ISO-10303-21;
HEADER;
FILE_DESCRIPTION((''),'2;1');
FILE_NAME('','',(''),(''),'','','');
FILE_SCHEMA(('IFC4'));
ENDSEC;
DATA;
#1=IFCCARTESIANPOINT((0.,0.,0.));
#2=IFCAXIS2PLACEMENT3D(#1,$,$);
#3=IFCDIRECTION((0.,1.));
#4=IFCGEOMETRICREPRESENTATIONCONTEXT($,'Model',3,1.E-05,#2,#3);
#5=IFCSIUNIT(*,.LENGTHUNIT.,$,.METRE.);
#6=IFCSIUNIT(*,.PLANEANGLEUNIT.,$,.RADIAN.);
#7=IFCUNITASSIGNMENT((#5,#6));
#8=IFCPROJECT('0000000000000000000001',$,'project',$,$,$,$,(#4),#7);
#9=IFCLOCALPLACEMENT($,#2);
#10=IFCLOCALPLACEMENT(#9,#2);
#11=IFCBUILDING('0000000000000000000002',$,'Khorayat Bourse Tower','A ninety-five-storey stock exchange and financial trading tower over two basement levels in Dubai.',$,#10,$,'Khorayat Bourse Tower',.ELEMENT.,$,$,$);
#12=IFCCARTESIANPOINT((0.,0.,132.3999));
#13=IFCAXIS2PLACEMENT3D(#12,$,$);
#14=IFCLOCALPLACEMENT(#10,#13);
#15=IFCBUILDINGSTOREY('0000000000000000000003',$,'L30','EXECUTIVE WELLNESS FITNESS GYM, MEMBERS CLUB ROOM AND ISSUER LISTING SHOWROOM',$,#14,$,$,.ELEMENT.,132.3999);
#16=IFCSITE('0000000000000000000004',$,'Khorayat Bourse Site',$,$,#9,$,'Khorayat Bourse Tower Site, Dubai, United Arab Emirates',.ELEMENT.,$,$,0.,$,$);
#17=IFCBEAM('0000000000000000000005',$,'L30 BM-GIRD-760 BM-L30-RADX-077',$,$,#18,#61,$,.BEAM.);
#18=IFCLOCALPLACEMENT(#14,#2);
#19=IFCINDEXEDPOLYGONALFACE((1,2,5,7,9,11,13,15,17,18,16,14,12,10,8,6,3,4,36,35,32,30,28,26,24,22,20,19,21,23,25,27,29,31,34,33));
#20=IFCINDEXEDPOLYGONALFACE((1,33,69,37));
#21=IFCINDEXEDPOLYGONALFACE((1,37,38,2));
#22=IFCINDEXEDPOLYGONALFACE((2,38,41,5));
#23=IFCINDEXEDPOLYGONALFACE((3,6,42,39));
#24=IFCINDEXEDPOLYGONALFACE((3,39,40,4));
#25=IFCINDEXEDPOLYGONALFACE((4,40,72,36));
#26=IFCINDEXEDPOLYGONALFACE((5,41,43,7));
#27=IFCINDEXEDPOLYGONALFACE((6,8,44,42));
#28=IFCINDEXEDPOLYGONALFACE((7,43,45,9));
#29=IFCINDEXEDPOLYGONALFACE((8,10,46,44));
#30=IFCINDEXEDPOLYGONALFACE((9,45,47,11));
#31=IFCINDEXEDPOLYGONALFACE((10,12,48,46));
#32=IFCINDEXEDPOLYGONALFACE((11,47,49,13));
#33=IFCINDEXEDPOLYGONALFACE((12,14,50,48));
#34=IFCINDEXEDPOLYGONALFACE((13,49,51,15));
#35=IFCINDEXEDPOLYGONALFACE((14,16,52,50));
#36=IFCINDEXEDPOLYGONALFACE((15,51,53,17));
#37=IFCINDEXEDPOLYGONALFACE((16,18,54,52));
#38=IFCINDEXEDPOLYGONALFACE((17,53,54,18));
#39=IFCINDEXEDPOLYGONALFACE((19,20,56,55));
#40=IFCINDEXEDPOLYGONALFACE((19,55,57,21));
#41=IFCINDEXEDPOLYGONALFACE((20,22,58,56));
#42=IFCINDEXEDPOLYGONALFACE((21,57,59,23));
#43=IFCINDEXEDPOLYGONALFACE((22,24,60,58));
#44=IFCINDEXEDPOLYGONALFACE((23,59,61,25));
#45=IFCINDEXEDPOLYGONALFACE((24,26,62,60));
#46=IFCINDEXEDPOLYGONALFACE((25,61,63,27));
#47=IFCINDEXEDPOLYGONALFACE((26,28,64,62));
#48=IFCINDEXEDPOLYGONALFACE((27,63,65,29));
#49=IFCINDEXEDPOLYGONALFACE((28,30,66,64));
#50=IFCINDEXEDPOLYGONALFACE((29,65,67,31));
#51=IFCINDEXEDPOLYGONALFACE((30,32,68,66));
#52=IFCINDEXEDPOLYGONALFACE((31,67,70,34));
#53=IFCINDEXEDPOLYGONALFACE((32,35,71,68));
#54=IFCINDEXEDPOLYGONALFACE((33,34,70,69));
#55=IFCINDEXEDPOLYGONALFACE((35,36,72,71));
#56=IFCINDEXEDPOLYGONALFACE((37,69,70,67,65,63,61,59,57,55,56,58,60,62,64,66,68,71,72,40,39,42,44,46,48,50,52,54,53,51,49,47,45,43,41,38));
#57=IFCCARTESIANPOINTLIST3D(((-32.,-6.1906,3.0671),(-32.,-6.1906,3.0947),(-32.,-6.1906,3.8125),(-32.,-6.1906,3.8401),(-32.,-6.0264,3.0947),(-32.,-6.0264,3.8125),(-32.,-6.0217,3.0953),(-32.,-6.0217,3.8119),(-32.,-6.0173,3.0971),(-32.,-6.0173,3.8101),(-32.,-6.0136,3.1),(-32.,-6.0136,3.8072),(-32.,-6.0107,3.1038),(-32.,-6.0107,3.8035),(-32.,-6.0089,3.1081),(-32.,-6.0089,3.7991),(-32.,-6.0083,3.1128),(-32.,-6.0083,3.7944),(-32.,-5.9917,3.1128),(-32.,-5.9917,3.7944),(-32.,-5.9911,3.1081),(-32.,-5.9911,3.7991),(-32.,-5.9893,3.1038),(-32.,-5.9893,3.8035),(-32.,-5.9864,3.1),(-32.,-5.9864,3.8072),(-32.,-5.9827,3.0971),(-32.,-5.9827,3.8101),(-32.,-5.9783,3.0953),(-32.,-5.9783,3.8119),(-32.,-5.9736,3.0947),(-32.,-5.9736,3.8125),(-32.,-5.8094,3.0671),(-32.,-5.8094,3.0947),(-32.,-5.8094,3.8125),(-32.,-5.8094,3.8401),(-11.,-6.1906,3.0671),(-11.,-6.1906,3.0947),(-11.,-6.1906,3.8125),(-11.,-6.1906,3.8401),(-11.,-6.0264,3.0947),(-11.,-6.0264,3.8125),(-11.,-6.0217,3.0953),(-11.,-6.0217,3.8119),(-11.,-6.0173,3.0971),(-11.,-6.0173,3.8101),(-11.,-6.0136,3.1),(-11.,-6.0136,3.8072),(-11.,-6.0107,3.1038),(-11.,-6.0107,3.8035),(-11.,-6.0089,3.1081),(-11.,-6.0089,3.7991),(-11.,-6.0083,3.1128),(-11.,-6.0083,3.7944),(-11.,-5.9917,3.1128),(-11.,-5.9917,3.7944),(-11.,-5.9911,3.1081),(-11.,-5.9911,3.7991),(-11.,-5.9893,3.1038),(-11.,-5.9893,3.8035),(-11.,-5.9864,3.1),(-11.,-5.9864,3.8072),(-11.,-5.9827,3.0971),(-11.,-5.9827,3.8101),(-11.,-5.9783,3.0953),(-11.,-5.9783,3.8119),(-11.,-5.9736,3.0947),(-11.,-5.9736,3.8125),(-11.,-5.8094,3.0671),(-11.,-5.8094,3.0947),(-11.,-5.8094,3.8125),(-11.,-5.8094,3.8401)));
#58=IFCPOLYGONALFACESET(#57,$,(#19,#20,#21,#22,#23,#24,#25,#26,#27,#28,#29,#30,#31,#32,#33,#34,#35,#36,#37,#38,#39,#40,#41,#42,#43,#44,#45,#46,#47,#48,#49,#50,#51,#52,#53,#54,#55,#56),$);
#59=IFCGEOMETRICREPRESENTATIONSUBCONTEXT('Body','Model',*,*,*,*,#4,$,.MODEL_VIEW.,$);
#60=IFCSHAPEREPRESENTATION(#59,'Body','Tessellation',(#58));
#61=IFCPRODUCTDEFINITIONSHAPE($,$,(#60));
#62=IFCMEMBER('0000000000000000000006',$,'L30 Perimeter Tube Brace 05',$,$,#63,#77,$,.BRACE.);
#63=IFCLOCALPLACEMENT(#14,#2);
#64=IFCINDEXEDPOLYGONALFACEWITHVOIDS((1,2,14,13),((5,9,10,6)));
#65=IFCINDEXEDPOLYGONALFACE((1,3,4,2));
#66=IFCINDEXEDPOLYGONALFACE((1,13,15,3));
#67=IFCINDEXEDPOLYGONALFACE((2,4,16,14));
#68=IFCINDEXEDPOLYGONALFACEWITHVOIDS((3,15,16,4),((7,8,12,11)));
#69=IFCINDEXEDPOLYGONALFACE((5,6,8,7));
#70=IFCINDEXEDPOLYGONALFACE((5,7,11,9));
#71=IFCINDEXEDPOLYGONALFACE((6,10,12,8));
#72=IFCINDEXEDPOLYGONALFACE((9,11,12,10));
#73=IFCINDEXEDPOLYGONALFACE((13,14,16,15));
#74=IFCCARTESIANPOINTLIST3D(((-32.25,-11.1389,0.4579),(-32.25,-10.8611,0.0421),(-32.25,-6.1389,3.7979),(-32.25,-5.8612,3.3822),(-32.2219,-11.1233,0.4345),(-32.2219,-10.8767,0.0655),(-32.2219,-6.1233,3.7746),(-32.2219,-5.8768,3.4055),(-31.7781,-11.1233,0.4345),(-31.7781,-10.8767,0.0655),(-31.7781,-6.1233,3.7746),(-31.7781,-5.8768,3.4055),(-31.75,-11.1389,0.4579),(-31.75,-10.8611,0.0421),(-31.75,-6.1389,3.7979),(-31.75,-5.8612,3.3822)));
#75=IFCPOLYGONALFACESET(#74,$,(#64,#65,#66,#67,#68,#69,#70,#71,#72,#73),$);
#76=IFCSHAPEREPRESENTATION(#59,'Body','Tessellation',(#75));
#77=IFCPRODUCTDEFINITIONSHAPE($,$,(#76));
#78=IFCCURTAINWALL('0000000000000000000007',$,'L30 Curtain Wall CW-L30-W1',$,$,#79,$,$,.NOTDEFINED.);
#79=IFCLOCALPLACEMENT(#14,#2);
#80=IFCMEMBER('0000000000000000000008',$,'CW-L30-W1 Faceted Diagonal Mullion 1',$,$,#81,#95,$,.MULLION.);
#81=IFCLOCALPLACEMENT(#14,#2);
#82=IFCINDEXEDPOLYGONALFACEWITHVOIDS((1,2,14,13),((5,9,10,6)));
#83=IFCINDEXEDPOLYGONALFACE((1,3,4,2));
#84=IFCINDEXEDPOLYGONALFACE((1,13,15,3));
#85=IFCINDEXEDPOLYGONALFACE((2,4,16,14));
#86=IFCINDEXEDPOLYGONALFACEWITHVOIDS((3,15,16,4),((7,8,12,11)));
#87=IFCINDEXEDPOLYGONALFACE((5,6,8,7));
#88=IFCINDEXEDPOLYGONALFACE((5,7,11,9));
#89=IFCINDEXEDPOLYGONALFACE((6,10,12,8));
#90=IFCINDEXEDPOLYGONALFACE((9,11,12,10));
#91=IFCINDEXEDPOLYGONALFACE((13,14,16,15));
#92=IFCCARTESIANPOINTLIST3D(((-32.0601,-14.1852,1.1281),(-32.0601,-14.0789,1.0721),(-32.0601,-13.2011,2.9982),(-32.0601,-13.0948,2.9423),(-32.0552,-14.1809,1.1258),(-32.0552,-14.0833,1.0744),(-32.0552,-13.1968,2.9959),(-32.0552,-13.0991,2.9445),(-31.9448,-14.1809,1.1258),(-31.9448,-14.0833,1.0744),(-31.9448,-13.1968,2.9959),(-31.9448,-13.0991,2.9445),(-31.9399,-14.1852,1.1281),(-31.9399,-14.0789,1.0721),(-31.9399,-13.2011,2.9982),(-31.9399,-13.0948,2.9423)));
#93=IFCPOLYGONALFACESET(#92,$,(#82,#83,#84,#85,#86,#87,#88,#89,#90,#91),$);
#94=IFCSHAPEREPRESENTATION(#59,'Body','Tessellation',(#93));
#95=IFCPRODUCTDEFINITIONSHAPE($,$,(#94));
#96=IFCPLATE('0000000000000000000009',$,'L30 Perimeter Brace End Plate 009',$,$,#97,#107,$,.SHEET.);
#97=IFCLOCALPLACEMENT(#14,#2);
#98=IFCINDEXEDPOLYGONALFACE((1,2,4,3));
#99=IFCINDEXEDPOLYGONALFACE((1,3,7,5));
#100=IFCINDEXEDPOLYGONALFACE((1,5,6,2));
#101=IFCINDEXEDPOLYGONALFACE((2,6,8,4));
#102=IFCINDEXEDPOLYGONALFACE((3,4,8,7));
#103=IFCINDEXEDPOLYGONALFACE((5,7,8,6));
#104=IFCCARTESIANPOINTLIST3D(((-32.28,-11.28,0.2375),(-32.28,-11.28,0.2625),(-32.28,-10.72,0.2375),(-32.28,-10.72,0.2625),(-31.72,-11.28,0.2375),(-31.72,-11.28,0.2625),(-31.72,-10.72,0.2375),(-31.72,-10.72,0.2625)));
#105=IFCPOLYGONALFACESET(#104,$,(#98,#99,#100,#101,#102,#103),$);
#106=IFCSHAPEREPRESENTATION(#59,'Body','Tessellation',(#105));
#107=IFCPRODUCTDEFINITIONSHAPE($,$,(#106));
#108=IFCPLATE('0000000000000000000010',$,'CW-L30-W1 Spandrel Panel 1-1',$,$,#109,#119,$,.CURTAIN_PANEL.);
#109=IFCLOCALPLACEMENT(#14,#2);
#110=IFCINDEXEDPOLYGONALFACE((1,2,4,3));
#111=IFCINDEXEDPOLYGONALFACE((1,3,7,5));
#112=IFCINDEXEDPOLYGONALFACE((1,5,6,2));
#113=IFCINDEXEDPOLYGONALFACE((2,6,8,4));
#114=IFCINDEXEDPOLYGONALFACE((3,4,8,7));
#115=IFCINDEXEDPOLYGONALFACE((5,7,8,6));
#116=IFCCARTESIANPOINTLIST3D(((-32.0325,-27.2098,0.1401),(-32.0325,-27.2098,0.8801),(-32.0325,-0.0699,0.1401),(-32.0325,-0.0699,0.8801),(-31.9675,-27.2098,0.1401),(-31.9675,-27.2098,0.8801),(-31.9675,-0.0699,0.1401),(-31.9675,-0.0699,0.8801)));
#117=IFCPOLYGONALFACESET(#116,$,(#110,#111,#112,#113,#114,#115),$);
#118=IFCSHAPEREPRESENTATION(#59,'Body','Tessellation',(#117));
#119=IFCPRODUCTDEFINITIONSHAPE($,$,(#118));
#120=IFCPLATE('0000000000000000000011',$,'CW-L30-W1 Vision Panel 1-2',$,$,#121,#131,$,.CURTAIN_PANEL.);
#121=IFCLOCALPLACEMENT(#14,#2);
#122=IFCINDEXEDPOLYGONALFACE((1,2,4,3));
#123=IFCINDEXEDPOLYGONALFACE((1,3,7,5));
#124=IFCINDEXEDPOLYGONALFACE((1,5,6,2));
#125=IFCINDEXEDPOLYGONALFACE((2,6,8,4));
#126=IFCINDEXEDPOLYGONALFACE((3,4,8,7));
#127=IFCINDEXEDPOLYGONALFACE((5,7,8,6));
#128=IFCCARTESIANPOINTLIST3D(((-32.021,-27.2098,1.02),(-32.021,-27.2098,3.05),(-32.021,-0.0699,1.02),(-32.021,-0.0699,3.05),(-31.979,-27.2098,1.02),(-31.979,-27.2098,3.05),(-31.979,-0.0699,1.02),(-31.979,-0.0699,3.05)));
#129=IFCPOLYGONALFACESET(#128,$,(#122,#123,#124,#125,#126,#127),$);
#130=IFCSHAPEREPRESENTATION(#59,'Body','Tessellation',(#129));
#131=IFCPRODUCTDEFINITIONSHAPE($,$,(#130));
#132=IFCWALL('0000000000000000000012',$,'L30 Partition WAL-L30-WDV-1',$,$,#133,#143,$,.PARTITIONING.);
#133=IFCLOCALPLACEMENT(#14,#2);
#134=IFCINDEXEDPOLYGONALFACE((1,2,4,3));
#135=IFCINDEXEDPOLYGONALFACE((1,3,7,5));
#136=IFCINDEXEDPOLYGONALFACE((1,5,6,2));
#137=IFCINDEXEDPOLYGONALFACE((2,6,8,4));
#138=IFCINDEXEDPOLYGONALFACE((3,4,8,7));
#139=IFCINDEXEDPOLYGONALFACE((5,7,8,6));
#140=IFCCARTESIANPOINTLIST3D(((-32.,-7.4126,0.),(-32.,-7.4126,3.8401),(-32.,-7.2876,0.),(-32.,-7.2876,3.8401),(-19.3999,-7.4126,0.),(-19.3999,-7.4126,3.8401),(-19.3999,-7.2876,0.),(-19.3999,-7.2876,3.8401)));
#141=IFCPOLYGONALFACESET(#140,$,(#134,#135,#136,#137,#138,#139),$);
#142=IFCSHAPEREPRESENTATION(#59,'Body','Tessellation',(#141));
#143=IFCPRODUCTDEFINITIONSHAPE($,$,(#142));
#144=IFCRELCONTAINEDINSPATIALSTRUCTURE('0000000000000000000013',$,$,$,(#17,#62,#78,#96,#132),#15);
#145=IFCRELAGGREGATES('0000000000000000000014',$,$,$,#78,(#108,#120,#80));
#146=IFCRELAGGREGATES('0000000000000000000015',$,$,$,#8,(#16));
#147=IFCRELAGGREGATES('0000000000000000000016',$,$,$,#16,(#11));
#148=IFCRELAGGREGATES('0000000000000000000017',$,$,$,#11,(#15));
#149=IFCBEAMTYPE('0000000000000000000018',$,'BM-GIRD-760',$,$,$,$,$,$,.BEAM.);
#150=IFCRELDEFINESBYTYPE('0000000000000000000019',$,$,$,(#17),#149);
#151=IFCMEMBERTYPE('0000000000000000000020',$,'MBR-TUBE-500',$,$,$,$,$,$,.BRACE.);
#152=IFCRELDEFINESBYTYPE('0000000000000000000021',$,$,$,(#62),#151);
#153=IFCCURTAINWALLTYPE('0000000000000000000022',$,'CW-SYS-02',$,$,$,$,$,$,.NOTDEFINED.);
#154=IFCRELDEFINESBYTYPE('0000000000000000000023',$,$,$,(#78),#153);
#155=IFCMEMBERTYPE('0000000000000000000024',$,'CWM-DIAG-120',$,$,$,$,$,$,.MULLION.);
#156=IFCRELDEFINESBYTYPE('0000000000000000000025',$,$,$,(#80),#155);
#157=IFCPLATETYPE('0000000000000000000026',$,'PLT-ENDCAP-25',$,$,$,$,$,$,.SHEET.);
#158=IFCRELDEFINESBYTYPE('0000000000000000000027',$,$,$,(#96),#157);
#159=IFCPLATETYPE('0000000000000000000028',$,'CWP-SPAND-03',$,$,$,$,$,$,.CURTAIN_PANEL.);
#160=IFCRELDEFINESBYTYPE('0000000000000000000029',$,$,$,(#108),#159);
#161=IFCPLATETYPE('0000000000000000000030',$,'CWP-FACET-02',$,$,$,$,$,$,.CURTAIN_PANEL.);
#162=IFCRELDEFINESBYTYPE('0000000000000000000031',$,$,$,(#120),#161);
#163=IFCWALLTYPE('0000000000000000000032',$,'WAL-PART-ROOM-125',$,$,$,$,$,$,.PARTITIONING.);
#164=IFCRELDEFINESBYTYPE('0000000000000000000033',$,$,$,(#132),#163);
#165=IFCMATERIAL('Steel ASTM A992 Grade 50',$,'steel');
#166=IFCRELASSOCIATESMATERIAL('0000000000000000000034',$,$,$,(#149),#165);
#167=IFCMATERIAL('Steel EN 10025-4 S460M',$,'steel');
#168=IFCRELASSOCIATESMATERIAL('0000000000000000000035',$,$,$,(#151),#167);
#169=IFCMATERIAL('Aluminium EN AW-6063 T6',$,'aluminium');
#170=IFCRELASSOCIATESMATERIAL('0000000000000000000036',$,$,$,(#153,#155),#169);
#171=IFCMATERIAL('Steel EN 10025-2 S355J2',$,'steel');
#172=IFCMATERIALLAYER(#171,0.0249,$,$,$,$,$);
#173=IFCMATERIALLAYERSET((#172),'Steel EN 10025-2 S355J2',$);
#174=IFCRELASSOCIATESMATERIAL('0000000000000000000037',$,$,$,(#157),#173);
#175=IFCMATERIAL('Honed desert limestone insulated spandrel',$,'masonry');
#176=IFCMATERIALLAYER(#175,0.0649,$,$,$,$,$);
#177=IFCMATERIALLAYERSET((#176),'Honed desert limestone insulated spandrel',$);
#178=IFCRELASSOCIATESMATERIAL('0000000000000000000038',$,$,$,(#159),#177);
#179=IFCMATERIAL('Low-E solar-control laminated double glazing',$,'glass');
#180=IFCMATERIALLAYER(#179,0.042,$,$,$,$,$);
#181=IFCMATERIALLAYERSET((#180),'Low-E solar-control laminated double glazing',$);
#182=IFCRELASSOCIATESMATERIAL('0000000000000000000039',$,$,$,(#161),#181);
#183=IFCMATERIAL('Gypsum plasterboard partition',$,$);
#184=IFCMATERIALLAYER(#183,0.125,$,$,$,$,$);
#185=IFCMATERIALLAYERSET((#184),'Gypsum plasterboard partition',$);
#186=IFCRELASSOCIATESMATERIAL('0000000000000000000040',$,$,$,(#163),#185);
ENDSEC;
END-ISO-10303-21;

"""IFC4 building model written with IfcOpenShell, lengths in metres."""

from ifc_helpers import new_model, si_unit, direction, frame, frame_2d, origin, origin_2d, place, context, subcontext, project, spatial, rectangle, hollow_rectangle, i_section, extrude, source, transform, mapped, material, layer, layer_set, material_profile, profile_set, type_object, element, aggregate, save


model = new_model("IFC4")

# Units and contexts
model_context = context("Model", 3, precision=1e-05, world=origin(), true_north=direction((0.0, 1.0)))
body_context = subcontext(model_context, "Body", "Model", "MODEL_VIEW")
ifc_project = project(units=[si_unit("LENGTHUNIT", "METRE"), si_unit("PLANEANGLEUNIT", "RADIAN")], contexts=[model_context])

# Site, building, storey
site_placement = place(None, origin())
site = spatial("IfcSite", under=ifc_project, at=site_placement, Name="Khorayat Bourse Site", LongName="Khorayat Bourse Tower Site, Dubai, United Arab Emirates", CompositionType="ELEMENT", RefElevation=0.0)
building_placement = place(site_placement, origin())
building = spatial("IfcBuilding", under=site, at=building_placement, Name="Khorayat Bourse Tower", Description="A ninety-five-storey stock exchange and financial trading tower over two basement levels in Dubai.", LongName="Khorayat Bourse Tower", CompositionType="ELEMENT")
storey_placement = place(building_placement, frame((0.0, 0.0, 132.3999)))
storey = spatial("IfcBuildingStorey", under=building, at=storey_placement, Name="L30", Description="EXECUTIVE WELLNESS FITNESS GYM, MEMBERS CLUB ROOM AND ISSUER LISTING SHOWROOM", CompositionType="ELEMENT", Elevation=132.3999)

# Shared definitions
ifc_material_1 = material(Name="Steel EN 10025-4 S460M", Category="steel")

# Beam
ifc_material_2 = material(Name="Steel ASTM A992 Grade 50", Category="steel")
ifc_material_profile_1 = material_profile(ifc_material_2, i_section(OverallWidth=0.3811, OverallDepth=0.7729, WebThickness=0.0166, FlangeThickness=0.0276, FilletRadius=0.0181, at=origin_2d()), Name="W760X257")
ifc_profile_set_1 = profile_set([ifc_material_profile_1], Name="Steel ASTM A992 Grade 50")
beam_type_1 = type_object("IfcBeamType", Name="BM-GIRD-760", PredefinedType="BEAM", material=ifc_profile_set_1)
shared_shape_1 = source(origin(), body_context, "Body", "SweptSolid", [
    extrude(i_section(OverallWidth=0.3811, OverallDepth=0.7729, WebThickness=0.0166, FlangeThickness=0.0276, FilletRadius=0.0181, at=origin_2d()), origin(), (0.0, 0.0, 1.0), 21.0),
])
for number, where, z_axis, x_axis, name in (
    (1, (-32.0, -6.0, 3.4536), (1.0, 0.0, 0.0), (0.0, 1.0, 0.0), "L30 BM-GIRD-760 BM-L30-RADX-077"),
):
    element("IfcBeam", number, at=place(storey_placement, frame(where, z_axis=z_axis, x_axis=x_axis)), inside=storey, type_object=beam_type_1, Name=name, PredefinedType="BEAM", context=body_context, shape_type="MappedRepresentation", body=[
        mapped(shared_shape_1, transform((0.0, 0.0, 0.0), scale=1.0)),
    ])

# Member
ifc_material_profile_2 = material_profile(ifc_material_1, hollow_rectangle(XDim=0.5, YDim=0.5, WallThickness=0.0281, at=origin_2d()), Name="HSS 500x500x28")
ifc_profile_set_2 = profile_set([ifc_material_profile_2], Name="Steel EN 10025-4 S460M")
member_type_1 = type_object("IfcMemberType", Name="MBR-TUBE-500", PredefinedType="BRACE", material=ifc_profile_set_2)
shared_shape_2 = source(origin(), body_context, "Body", "SweptSolid", [
    extrude(hollow_rectangle(XDim=0.5, YDim=0.5, WallThickness=0.0281, at=origin_2d()), origin(), (0.0, 0.0, 1.0), 6.0129),
])
member_1_placement = place(storey_placement, frame((-32.0, -11.0, 0.25), z_axis=(0.0, 0.831531, 0.555478), x_axis=(-1.0, 0.0, 0.0)))
element("IfcMember", 2, at=member_1_placement, inside=storey, type_object=member_type_1, Name="L30 Perimeter Tube Brace 05", PredefinedType="BRACE", context=body_context, shape_type="MappedRepresentation", body=[
    mapped(shared_shape_2, transform((0.0, 0.0, 0.0), scale=1.0)),
])

# Curtain wall, member
ifc_material_3 = material(Name="Aluminium EN AW-6063 T6", Category="aluminium")
curtain_wall_type = type_object("IfcCurtainWallType", Name="CW-SYS-02", PredefinedType="NOTDEFINED", material=ifc_material_3)
curtain_wall_placement = place(storey_placement, origin())
curtain_wall = element("IfcCurtainWall", 3, at=curtain_wall_placement, inside=storey, type_object=curtain_wall_type, Name="L30 Curtain Wall CW-L30-W1", PredefinedType="NOTDEFINED")
ifc_material_profile_3 = material_profile(ifc_material_3, hollow_rectangle(XDim=0.1201, YDim=0.1201, WallThickness=0.0049, at=origin_2d()), Name="ALU 120x120x5")
ifc_profile_set_3 = profile_set([ifc_material_profile_3], Name="Aluminium EN AW-6063 T6")
member_type_2 = type_object("IfcMemberType", Name="CWM-DIAG-120", PredefinedType="MULLION", material=ifc_profile_set_3)
shared_shape_3 = source(origin(), body_context, "Body", "SweptSolid", [
    extrude(hollow_rectangle(XDim=0.1201, YDim=0.1201, WallThickness=0.0049, at=origin_2d()), origin(), (0.0, 0.0, 1.0), 2.1133),
])
member_2_placement = place(storey_placement, frame((-32.0, -14.1321, 1.1001), z_axis=(0.0, 0.465694, 0.884946), x_axis=(-1.0, 0.0, 0.0)))
member_2 = element("IfcMember", 4, at=member_2_placement, type_object=member_type_2, Name="CW-L30-W1 Faceted Diagonal Mullion 1", PredefinedType="MULLION", context=body_context, shape_type="MappedRepresentation", body=[
    mapped(shared_shape_3, transform((0.0, 0.0, 0.0), scale=1.0)),
])

# Plates
ifc_material_4 = material(Name="Steel EN 10025-2 S355J2", Category="steel")
ifc_layer_1 = layer(ifc_material_4, 0.0249)
ifc_layer_set_1 = layer_set([ifc_layer_1], Name="Steel EN 10025-2 S355J2")
plate_type_1 = type_object("IfcPlateType", Name="PLT-ENDCAP-25", PredefinedType="SHEET", material=ifc_layer_set_1)
shared_shape_4 = source(origin(), body_context, "Body", "SweptSolid", [
    extrude(rectangle(XDim=0.5601, YDim=0.5601, at=origin_2d()), origin(), (0.0, 0.0, 1.0), 0.0249),
])
plate_1_placement = place(storey_placement, frame((-32.0, -11.0, 0.2375), z_axis=(0.0, 0.0, 1.0), x_axis=(1.0, 0.0, 0.0)))
element("IfcPlate", 5, at=plate_1_placement, inside=storey, type_object=plate_type_1, Name="L30 Perimeter Brace End Plate 009", PredefinedType="SHEET", context=body_context, shape_type="MappedRepresentation", body=[
    mapped(shared_shape_4, transform((0.0, 0.0, 0.0), scale=1.0)),
])
ifc_material_5 = material(Name="Honed desert limestone insulated spandrel", Category="masonry")
ifc_layer_2 = layer(ifc_material_5, 0.0649)
ifc_layer_set_2 = layer_set([ifc_layer_2], Name="Honed desert limestone insulated spandrel")
plate_type_2 = type_object("IfcPlateType", Name="CWP-SPAND-03", PredefinedType="CURTAIN_PANEL", material=ifc_layer_set_2)
shared_shape_5 = source(origin(), body_context, "Body", "SweptSolid", [
    extrude(rectangle(XDim=27.1399, YDim=0.0649, at=origin_2d()), origin(), (0.0, 0.0, 1.0), 0.74),
])
plate_2_placement = place(storey_placement, frame((-32.0, -13.6399, 0.1401), z_axis=(0.0, 0.0, 1.0), x_axis=(0.0, 1.0, 0.0)))
plate_2 = element("IfcPlate", 6, at=plate_2_placement, type_object=plate_type_2, Name="CW-L30-W1 Spandrel Panel 1-1", PredefinedType="CURTAIN_PANEL", context=body_context, shape_type="MappedRepresentation", body=[
    mapped(shared_shape_5, transform((0.0, 0.0, 0.0), scale=1.0)),
])
ifc_material_6 = material(Name="Low-E solar-control laminated double glazing", Category="glass")
ifc_layer_3 = layer(ifc_material_6, 0.042)
ifc_layer_set_3 = layer_set([ifc_layer_3], Name="Low-E solar-control laminated double glazing")
plate_type_3 = type_object("IfcPlateType", Name="CWP-FACET-02", PredefinedType="CURTAIN_PANEL", material=ifc_layer_set_3)
shared_shape_6 = source(origin(), body_context, "Body", "SweptSolid", [
    extrude(rectangle(XDim=27.1399, YDim=0.042, at=origin_2d()), origin(), (0.0, 0.0, 1.0), 2.03),
])
plate_3_placement = place(storey_placement, frame((-32.0, -13.6399, 1.02), z_axis=(0.0, 0.0, 1.0), x_axis=(0.0, 1.0, 0.0)))
plate_3 = element("IfcPlate", 7, at=plate_3_placement, type_object=plate_type_3, Name="CW-L30-W1 Vision Panel 1-2", PredefinedType="CURTAIN_PANEL", context=body_context, shape_type="MappedRepresentation", body=[
    mapped(shared_shape_6, transform((0.0, 0.0, 0.0), scale=1.0)),
])
aggregate(curtain_wall, [plate_2, plate_3, member_2])

# Wall
ifc_material_7 = material(Name="Gypsum plasterboard partition")
ifc_layer_4 = layer(ifc_material_7, 0.125)
ifc_layer_set_4 = layer_set([ifc_layer_4], Name="Gypsum plasterboard partition")
wall_type = type_object("IfcWallType", Name="WAL-PART-ROOM-125", PredefinedType="PARTITIONING", material=ifc_layer_set_4)
shared_shape_7 = source(origin(), body_context, "Body", "SweptSolid", [
    extrude(rectangle(XDim=12.6001, YDim=0.125, at=frame_2d((6.3, 0.0))), origin(), (0.0, 0.0, 1.0), 3.8401),
])
wall_placement = place(storey_placement, frame((-32.0, -7.3501, 0.0), z_axis=(0.0, 0.0, 1.0), x_axis=(1.0, 0.0, 0.0)))
element("IfcWall", 8, at=wall_placement, inside=storey, type_object=wall_type, Name="L30 Partition WAL-L30-WDV-1", PredefinedType="PARTITIONING", context=body_context, shape_type="MappedRepresentation", body=[
    mapped(shared_shape_7, transform((0.0, 0.0, 0.0), scale=1.0)),
])

save(model, "model.ifc")
